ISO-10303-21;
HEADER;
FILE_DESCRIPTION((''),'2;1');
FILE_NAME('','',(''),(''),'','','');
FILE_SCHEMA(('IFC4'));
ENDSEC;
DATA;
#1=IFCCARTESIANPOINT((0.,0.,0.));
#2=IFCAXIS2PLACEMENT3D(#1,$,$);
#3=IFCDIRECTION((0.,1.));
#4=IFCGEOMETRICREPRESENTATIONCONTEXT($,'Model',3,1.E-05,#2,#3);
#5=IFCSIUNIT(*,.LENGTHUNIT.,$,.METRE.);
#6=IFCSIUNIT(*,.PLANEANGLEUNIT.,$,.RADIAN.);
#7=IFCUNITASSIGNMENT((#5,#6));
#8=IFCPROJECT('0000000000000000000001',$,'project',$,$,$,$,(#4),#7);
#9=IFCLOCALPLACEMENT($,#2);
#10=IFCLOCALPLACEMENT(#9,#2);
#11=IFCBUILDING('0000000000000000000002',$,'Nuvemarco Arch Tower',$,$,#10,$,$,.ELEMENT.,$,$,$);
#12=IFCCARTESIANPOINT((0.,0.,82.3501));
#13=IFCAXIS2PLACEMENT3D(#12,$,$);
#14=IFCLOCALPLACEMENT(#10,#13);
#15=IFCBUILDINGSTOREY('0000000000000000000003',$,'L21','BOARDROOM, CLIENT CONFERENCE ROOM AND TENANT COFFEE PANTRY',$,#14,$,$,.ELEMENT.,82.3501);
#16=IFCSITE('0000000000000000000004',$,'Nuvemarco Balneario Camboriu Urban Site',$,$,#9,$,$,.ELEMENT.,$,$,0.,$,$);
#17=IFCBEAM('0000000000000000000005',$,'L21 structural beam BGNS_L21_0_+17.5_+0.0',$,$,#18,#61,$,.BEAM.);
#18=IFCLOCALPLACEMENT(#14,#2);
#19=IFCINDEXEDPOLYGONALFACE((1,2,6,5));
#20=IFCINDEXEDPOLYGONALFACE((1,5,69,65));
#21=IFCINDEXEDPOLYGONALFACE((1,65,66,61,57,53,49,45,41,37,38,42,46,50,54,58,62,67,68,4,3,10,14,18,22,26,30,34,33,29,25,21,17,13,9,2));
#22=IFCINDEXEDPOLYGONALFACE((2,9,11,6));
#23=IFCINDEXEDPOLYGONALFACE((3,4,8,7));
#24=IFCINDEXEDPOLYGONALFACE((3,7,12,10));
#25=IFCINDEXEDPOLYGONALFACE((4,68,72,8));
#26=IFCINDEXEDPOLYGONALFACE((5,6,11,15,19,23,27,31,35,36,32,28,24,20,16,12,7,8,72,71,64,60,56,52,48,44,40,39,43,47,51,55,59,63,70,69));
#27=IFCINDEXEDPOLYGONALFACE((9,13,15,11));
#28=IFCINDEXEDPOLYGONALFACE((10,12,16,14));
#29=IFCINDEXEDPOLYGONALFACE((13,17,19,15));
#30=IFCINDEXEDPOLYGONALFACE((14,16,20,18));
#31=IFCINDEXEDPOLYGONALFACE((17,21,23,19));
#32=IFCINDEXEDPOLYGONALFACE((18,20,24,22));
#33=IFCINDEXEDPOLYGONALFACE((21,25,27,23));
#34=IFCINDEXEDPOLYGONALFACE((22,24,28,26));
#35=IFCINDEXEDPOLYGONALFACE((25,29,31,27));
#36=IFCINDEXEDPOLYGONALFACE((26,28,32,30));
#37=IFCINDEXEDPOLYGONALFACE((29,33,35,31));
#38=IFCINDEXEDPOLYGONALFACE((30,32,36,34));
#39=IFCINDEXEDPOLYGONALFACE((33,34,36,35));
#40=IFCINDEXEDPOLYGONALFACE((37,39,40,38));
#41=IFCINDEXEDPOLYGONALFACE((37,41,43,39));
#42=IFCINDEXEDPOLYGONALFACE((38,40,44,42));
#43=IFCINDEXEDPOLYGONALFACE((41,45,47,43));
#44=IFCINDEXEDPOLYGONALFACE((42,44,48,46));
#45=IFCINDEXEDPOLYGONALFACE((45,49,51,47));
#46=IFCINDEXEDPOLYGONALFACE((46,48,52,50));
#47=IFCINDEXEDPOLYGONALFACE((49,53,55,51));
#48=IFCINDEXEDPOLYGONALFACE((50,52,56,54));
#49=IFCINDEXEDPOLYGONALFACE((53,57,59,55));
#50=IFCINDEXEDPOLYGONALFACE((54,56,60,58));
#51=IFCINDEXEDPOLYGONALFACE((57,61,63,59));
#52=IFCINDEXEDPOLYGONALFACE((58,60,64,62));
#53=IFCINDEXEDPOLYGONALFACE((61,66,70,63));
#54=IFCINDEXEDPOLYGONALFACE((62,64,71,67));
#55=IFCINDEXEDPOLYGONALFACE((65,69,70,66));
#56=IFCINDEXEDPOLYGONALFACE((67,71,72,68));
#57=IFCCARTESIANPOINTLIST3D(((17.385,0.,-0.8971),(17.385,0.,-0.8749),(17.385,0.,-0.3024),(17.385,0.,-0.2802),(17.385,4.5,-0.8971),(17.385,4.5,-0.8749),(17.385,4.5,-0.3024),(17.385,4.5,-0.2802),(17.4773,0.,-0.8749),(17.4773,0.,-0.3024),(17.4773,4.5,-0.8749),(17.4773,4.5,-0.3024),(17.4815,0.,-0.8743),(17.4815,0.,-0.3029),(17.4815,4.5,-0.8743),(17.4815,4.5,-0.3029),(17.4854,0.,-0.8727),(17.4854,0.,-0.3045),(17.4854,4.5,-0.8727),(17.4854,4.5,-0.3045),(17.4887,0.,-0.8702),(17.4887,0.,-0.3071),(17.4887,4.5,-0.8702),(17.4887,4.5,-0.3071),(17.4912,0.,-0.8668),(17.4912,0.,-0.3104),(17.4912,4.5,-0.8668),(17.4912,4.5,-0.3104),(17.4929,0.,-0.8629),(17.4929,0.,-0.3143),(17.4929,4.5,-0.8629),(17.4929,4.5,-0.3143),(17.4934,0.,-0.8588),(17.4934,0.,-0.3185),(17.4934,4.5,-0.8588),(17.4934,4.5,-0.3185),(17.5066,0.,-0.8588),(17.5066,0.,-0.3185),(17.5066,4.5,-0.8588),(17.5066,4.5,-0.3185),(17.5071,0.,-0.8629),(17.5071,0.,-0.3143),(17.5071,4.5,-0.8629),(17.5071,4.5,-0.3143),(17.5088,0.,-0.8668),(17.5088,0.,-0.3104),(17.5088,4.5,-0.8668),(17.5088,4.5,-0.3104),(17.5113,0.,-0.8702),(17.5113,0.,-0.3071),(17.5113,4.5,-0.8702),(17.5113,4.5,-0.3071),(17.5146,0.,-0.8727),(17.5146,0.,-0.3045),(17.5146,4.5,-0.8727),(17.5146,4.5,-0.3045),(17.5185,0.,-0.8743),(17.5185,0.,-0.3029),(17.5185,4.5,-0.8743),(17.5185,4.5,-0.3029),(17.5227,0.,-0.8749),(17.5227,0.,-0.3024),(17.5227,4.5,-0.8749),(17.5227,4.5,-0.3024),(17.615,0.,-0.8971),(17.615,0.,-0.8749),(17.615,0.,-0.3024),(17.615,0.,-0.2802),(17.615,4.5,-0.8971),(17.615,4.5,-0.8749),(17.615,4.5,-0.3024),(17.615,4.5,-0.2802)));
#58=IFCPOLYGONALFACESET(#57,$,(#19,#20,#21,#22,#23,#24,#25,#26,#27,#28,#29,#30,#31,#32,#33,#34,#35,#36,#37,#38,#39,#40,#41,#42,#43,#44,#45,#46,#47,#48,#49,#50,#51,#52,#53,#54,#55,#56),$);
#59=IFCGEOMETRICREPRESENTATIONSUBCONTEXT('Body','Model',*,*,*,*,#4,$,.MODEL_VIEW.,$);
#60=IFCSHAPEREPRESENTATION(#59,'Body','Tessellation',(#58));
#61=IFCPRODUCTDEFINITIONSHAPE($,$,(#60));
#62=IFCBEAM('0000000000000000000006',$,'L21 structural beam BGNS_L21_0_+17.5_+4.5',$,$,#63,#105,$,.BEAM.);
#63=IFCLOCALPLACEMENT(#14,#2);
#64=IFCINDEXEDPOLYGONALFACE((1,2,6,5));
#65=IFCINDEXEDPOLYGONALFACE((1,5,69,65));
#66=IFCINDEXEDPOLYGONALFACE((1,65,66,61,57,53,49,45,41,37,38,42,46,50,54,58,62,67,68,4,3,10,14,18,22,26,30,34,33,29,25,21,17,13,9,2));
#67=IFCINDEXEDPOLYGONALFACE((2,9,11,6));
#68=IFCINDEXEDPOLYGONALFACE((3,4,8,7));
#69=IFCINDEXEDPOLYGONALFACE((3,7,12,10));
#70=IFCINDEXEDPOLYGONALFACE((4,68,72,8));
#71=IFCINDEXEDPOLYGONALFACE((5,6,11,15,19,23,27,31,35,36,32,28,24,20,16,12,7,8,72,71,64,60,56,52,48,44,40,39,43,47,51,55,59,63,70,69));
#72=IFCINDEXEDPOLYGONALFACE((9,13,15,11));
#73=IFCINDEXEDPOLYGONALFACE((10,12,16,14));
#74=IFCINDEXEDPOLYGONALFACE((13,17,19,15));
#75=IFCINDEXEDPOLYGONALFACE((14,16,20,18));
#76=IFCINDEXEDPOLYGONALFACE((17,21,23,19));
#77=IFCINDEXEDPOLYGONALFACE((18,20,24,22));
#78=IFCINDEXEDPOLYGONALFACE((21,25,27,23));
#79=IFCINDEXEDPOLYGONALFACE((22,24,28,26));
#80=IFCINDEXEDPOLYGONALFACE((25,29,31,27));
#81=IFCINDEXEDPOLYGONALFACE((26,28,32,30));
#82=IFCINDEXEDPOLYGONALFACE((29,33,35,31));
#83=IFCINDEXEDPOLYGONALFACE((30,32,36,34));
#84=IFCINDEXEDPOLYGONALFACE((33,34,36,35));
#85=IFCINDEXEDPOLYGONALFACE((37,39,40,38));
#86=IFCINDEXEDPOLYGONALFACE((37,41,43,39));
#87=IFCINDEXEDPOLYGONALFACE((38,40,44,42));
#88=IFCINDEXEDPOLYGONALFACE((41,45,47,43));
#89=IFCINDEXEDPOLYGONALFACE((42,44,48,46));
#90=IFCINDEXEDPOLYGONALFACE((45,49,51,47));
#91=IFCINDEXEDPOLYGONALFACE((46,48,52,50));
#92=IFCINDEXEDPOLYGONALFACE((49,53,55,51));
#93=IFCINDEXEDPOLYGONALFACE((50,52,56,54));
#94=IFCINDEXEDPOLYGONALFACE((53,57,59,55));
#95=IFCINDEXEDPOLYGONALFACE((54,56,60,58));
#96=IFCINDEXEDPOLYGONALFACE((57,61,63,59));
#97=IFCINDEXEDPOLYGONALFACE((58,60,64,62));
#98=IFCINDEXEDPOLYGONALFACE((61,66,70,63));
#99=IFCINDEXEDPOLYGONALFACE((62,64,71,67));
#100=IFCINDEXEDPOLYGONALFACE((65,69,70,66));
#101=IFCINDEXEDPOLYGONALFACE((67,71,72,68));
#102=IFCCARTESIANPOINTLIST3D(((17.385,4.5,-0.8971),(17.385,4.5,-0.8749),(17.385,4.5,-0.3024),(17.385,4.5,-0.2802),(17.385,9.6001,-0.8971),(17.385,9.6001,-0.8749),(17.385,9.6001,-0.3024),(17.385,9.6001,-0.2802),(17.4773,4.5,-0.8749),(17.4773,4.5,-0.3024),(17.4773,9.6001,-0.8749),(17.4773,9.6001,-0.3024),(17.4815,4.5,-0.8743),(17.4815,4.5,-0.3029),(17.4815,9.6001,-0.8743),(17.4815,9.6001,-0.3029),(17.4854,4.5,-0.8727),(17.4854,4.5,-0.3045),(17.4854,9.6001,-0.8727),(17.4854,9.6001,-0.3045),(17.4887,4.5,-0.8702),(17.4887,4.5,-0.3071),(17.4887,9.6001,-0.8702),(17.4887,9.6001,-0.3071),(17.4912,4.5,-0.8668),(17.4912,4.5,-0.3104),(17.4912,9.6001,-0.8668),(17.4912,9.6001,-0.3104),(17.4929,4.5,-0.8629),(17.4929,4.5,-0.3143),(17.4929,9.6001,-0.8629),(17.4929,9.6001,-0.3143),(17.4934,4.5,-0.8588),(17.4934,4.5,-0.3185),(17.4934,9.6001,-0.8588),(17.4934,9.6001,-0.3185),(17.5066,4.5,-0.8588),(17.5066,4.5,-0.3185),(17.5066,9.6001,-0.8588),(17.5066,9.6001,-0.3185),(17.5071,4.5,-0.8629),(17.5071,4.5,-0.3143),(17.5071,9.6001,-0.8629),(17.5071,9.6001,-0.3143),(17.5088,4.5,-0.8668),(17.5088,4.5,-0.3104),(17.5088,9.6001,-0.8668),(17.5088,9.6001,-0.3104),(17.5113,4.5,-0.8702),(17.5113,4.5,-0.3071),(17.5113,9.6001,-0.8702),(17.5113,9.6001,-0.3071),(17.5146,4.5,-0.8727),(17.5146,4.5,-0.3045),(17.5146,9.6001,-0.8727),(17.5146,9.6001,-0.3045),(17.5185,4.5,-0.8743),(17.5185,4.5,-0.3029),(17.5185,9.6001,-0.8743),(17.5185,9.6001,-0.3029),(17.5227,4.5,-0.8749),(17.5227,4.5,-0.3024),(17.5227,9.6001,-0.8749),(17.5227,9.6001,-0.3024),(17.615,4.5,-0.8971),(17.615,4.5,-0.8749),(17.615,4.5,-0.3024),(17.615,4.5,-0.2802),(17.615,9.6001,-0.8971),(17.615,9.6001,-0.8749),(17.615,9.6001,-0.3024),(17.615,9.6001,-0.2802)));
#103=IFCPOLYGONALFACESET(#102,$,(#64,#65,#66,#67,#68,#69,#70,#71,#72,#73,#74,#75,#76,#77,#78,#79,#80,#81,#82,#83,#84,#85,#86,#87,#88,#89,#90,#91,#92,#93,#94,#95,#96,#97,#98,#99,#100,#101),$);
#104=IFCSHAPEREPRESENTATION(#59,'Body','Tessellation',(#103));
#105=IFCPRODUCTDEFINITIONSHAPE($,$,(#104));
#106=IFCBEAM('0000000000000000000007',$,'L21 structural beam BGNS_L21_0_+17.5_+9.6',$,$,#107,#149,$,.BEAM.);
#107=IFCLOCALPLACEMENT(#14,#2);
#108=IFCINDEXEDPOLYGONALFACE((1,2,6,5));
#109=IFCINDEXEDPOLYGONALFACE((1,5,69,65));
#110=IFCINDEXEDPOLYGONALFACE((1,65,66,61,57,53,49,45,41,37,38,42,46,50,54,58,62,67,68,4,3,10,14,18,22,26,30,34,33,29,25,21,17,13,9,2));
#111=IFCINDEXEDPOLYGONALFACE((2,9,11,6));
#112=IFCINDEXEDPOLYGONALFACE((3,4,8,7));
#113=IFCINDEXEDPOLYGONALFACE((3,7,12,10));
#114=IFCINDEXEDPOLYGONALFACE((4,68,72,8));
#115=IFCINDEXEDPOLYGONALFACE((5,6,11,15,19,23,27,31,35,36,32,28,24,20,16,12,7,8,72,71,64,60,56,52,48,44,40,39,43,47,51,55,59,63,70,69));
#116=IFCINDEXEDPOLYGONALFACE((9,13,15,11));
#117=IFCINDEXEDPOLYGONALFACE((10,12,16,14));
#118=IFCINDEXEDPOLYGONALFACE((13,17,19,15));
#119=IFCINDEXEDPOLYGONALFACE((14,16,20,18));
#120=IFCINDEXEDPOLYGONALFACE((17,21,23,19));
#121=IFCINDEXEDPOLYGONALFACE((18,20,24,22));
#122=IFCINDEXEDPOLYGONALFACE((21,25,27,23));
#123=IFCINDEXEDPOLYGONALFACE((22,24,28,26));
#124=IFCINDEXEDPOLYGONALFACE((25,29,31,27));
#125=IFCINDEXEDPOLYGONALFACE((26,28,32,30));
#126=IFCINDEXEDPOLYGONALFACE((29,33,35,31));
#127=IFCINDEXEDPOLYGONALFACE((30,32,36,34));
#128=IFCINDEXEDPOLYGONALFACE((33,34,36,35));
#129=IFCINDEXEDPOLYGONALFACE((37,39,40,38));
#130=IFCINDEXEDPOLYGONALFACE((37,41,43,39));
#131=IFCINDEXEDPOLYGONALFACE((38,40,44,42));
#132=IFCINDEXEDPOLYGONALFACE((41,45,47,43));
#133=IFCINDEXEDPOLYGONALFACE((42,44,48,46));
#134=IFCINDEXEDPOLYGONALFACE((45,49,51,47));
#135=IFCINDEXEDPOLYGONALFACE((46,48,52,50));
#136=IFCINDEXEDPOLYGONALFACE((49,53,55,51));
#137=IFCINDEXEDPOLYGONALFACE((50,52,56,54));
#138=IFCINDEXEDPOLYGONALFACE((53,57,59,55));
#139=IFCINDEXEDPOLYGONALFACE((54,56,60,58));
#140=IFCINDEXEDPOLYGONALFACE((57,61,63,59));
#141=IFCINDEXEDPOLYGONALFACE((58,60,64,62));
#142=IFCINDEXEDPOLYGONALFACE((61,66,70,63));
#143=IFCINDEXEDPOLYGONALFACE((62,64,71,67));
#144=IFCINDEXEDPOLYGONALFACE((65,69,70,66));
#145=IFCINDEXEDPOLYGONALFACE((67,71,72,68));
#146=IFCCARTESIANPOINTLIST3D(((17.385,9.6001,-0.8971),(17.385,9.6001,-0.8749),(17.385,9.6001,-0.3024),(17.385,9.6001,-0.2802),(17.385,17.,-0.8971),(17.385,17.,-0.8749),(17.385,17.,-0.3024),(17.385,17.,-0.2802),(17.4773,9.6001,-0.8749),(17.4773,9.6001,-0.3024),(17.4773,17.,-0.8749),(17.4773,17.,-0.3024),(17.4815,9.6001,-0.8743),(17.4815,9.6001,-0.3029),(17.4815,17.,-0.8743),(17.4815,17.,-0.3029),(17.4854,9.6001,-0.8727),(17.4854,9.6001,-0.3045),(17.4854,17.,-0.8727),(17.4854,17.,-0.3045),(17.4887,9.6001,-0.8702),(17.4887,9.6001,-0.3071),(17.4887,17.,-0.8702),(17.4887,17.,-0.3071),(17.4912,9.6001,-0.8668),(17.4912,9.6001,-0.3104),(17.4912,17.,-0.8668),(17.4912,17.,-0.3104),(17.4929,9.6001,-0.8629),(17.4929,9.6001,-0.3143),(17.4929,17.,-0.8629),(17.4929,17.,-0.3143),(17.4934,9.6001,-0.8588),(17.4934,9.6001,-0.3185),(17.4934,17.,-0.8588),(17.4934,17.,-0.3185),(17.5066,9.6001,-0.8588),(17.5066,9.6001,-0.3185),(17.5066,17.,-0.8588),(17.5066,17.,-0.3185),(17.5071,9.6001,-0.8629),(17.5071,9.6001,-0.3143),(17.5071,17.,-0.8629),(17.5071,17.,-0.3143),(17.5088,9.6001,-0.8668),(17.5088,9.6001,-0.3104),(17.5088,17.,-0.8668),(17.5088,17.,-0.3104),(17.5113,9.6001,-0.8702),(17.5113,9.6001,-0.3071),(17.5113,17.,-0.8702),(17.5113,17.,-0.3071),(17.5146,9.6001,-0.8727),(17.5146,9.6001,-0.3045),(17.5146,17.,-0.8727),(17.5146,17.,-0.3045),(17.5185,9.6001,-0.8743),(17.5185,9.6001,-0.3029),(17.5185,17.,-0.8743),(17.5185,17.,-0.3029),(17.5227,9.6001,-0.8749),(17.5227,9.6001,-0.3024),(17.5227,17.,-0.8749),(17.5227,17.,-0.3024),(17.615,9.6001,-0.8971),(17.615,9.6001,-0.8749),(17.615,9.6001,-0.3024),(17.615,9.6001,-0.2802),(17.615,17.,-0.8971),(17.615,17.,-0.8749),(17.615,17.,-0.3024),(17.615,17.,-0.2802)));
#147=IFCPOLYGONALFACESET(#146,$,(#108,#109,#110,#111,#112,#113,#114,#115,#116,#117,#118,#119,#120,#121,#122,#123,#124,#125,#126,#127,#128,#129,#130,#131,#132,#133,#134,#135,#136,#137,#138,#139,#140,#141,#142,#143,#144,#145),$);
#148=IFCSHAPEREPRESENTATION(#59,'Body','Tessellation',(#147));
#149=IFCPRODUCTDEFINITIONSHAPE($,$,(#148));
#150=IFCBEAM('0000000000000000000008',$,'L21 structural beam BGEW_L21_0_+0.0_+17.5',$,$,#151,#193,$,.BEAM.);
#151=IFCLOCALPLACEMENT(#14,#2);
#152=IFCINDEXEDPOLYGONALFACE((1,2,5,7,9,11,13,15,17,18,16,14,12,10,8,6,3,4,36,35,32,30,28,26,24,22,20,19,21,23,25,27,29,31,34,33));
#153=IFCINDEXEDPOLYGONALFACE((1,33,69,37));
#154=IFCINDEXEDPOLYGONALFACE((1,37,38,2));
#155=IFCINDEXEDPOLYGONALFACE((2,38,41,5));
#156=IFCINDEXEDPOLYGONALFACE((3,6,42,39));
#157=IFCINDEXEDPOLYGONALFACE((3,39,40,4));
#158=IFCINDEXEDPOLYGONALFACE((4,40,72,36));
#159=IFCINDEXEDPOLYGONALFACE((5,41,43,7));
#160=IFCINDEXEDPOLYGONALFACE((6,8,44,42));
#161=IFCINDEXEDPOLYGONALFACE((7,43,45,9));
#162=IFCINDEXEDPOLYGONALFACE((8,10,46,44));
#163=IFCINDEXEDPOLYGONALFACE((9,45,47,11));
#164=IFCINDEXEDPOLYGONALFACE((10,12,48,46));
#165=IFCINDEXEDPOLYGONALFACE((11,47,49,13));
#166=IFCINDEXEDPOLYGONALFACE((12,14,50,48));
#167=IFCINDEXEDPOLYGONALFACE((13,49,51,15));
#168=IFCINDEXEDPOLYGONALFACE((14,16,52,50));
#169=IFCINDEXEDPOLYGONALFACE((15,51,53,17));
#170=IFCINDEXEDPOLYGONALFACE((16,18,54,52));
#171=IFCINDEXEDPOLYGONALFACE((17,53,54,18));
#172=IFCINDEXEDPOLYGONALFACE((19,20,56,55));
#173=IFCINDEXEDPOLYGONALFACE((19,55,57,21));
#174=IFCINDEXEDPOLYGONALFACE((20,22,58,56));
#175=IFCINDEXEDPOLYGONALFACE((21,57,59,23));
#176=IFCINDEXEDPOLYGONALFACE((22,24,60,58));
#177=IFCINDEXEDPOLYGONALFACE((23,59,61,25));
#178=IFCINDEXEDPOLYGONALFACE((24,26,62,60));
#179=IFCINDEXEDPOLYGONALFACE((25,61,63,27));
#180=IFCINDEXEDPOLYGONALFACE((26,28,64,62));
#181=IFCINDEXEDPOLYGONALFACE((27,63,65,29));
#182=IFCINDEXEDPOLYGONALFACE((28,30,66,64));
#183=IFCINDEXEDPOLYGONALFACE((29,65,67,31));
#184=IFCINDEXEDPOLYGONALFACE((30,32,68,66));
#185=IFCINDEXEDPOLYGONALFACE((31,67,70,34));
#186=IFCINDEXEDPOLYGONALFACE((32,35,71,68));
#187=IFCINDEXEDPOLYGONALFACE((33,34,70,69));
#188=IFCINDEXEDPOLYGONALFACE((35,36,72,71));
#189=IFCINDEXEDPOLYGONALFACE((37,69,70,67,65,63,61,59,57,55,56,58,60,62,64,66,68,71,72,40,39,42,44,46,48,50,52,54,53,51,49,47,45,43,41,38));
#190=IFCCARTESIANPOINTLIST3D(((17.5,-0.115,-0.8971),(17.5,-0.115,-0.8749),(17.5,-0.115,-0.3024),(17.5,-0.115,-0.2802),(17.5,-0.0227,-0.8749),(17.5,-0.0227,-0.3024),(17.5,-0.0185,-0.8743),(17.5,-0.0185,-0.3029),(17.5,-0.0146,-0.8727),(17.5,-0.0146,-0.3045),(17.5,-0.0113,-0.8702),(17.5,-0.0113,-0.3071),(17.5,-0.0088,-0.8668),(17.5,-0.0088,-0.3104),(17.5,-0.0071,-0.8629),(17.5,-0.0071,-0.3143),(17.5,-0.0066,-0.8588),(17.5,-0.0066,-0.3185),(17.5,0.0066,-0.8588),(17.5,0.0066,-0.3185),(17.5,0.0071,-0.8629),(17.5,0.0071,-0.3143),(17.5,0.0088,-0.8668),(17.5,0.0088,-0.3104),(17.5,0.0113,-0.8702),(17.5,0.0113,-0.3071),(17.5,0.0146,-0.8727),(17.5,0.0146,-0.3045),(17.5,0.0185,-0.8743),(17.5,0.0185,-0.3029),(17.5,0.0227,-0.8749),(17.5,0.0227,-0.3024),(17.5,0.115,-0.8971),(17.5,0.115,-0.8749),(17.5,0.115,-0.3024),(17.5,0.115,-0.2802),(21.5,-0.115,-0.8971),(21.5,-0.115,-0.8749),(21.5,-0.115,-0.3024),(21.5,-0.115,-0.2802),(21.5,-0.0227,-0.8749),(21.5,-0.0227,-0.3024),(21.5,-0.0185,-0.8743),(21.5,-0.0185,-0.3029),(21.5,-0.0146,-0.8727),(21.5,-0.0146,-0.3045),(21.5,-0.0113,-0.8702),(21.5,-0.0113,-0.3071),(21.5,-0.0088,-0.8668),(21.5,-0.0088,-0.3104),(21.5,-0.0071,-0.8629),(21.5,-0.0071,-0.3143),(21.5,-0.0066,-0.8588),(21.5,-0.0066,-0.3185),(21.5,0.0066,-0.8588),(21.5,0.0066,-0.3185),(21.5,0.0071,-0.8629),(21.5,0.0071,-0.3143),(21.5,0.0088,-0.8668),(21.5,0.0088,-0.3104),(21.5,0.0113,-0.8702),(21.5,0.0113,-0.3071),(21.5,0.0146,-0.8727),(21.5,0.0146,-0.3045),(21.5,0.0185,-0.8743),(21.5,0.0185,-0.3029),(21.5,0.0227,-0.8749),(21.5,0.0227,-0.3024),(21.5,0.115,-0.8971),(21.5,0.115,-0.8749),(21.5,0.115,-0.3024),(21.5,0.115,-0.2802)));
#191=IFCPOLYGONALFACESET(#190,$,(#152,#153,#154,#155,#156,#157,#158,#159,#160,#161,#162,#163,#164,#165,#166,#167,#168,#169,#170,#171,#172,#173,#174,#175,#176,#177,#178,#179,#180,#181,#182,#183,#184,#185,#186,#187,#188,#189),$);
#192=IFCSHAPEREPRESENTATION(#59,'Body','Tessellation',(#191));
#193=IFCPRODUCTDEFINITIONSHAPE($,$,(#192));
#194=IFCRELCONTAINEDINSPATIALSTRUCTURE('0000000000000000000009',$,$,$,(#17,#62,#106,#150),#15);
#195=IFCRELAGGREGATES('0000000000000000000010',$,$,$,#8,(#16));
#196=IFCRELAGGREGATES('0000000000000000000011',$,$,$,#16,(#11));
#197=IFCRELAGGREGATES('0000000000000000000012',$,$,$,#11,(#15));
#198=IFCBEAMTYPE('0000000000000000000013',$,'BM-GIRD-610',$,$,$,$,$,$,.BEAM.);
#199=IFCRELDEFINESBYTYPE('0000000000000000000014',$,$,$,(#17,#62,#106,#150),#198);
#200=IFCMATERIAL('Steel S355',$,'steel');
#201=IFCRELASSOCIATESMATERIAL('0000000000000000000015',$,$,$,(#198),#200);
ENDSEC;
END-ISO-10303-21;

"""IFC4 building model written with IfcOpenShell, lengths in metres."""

from ifc_helpers import new_model, si_unit, direction, frame, origin, origin_2d, place, context, subcontext, project, spatial, i_section, extrude, material, material_profile, profile_set, type_object, element, save


model = new_model("IFC4")

# Units and contexts
model_context = context("Model", 3, precision=1e-05, world=origin(), true_north=direction((0.0, 1.0)))
body_context = subcontext(model_context, "Body", "Model", "MODEL_VIEW")
ifc_project = project(units=[si_unit("LENGTHUNIT", "METRE"), si_unit("PLANEANGLEUNIT", "RADIAN")], contexts=[model_context])

# Site, building, storey
site_placement = place(None, origin())
site = spatial("IfcSite", under=ifc_project, at=site_placement, Name="Nuvemarco Balneario Camboriu Urban Site", CompositionType="ELEMENT", RefElevation=0.0)
building_placement = place(site_placement, origin())
building = spatial("IfcBuilding", under=site, at=building_placement, Name="Nuvemarco Arch Tower", CompositionType="ELEMENT")
storey_placement = place(building_placement, frame((0.0, 0.0, 82.3501)))
storey = spatial("IfcBuildingStorey", under=building, at=storey_placement, Name="L21", Description="BOARDROOM, CLIENT CONFERENCE ROOM AND TENANT COFFEE PANTRY", CompositionType="ELEMENT", Elevation=82.3501)

# Beams
ifc_material_1 = material(Name="Steel S355", Category="steel")
ifc_material_profile_1 = material_profile(ifc_material_1, i_section(OverallWidth=0.23, OverallDepth=0.6169, WebThickness=0.0132, FlangeThickness=0.0222, FilletRadius=0.0161, at=origin_2d()), Name="W610x140")
ifc_profile_set_1 = profile_set([ifc_material_profile_1], Name="Steel S355")
beam_type_1 = type_object("IfcBeamType", Name="BM-GIRD-610", PredefinedType="BEAM", material=ifc_profile_set_1)
beam_1_placement = place(storey_placement, frame((17.5, 0.0, -0.5886), z_axis=(0.0, 1.0, 0.0), x_axis=(-1.0, 0.0, 0.0)))
element("IfcBeam", 1, at=beam_1_placement, inside=storey, type_object=beam_type_1, Name="L21 structural beam BGNS_L21_0_+17.5_+0.0", PredefinedType="BEAM", context=body_context, shape_type="SweptSolid", body=[
    extrude(i_section(OverallWidth=0.23, OverallDepth=0.6169, WebThickness=0.0132, FlangeThickness=0.0222, FilletRadius=0.0161, at=origin_2d()), origin(), (0.0, 0.0, 1.0), 4.5),
])
beam_2_placement = place(storey_placement, frame((17.5, 4.5, -0.5886), z_axis=(0.0, 1.0, 0.0), x_axis=(-1.0, 0.0, 0.0)))
element("IfcBeam", 2, at=beam_2_placement, inside=storey, type_object=beam_type_1, Name="L21 structural beam BGNS_L21_0_+17.5_+4.5", PredefinedType="BEAM", context=body_context, shape_type="SweptSolid", body=[
    extrude(i_section(OverallWidth=0.23, OverallDepth=0.6169, WebThickness=0.0132, FlangeThickness=0.0222, FilletRadius=0.0161, at=origin_2d()), origin(), (0.0, 0.0, 1.0), 5.1001),
])
beam_3_placement = place(storey_placement, frame((17.5, 9.6001, -0.5886), z_axis=(0.0, 1.0, 0.0), x_axis=(-1.0, 0.0, 0.0)))
element("IfcBeam", 3, at=beam_3_placement, inside=storey, type_object=beam_type_1, Name="L21 structural beam BGNS_L21_0_+17.5_+9.6", PredefinedType="BEAM", context=body_context, shape_type="SweptSolid", body=[
    extrude(i_section(OverallWidth=0.23, OverallDepth=0.6169, WebThickness=0.0132, FlangeThickness=0.0222, FilletRadius=0.0161, at=origin_2d()), origin(), (0.0, 0.0, 1.0), 7.3999),
])
for number, where, z_axis, x_axis, name in (
    (4, (17.5, 0.0, -0.5886), (1.0, 0.0, 0.0), (0.0, 1.0, 0.0), "L21 structural beam BGEW_L21_0_+0.0_+17.5"),
):
    element("IfcBeam", number, at=place(storey_placement, frame(where, z_axis=z_axis, x_axis=x_axis)), inside=storey, type_object=beam_type_1, Name=name, PredefinedType="BEAM", context=body_context, shape_type="SweptSolid", body=[
        extrude(i_section(OverallWidth=0.23, OverallDepth=0.6169, WebThickness=0.0132, FlangeThickness=0.0222, FilletRadius=0.0161, at=origin_2d()), origin(), (0.0, 0.0, 1.0), 4.0),
    ])

save(model, "model.ifc")
